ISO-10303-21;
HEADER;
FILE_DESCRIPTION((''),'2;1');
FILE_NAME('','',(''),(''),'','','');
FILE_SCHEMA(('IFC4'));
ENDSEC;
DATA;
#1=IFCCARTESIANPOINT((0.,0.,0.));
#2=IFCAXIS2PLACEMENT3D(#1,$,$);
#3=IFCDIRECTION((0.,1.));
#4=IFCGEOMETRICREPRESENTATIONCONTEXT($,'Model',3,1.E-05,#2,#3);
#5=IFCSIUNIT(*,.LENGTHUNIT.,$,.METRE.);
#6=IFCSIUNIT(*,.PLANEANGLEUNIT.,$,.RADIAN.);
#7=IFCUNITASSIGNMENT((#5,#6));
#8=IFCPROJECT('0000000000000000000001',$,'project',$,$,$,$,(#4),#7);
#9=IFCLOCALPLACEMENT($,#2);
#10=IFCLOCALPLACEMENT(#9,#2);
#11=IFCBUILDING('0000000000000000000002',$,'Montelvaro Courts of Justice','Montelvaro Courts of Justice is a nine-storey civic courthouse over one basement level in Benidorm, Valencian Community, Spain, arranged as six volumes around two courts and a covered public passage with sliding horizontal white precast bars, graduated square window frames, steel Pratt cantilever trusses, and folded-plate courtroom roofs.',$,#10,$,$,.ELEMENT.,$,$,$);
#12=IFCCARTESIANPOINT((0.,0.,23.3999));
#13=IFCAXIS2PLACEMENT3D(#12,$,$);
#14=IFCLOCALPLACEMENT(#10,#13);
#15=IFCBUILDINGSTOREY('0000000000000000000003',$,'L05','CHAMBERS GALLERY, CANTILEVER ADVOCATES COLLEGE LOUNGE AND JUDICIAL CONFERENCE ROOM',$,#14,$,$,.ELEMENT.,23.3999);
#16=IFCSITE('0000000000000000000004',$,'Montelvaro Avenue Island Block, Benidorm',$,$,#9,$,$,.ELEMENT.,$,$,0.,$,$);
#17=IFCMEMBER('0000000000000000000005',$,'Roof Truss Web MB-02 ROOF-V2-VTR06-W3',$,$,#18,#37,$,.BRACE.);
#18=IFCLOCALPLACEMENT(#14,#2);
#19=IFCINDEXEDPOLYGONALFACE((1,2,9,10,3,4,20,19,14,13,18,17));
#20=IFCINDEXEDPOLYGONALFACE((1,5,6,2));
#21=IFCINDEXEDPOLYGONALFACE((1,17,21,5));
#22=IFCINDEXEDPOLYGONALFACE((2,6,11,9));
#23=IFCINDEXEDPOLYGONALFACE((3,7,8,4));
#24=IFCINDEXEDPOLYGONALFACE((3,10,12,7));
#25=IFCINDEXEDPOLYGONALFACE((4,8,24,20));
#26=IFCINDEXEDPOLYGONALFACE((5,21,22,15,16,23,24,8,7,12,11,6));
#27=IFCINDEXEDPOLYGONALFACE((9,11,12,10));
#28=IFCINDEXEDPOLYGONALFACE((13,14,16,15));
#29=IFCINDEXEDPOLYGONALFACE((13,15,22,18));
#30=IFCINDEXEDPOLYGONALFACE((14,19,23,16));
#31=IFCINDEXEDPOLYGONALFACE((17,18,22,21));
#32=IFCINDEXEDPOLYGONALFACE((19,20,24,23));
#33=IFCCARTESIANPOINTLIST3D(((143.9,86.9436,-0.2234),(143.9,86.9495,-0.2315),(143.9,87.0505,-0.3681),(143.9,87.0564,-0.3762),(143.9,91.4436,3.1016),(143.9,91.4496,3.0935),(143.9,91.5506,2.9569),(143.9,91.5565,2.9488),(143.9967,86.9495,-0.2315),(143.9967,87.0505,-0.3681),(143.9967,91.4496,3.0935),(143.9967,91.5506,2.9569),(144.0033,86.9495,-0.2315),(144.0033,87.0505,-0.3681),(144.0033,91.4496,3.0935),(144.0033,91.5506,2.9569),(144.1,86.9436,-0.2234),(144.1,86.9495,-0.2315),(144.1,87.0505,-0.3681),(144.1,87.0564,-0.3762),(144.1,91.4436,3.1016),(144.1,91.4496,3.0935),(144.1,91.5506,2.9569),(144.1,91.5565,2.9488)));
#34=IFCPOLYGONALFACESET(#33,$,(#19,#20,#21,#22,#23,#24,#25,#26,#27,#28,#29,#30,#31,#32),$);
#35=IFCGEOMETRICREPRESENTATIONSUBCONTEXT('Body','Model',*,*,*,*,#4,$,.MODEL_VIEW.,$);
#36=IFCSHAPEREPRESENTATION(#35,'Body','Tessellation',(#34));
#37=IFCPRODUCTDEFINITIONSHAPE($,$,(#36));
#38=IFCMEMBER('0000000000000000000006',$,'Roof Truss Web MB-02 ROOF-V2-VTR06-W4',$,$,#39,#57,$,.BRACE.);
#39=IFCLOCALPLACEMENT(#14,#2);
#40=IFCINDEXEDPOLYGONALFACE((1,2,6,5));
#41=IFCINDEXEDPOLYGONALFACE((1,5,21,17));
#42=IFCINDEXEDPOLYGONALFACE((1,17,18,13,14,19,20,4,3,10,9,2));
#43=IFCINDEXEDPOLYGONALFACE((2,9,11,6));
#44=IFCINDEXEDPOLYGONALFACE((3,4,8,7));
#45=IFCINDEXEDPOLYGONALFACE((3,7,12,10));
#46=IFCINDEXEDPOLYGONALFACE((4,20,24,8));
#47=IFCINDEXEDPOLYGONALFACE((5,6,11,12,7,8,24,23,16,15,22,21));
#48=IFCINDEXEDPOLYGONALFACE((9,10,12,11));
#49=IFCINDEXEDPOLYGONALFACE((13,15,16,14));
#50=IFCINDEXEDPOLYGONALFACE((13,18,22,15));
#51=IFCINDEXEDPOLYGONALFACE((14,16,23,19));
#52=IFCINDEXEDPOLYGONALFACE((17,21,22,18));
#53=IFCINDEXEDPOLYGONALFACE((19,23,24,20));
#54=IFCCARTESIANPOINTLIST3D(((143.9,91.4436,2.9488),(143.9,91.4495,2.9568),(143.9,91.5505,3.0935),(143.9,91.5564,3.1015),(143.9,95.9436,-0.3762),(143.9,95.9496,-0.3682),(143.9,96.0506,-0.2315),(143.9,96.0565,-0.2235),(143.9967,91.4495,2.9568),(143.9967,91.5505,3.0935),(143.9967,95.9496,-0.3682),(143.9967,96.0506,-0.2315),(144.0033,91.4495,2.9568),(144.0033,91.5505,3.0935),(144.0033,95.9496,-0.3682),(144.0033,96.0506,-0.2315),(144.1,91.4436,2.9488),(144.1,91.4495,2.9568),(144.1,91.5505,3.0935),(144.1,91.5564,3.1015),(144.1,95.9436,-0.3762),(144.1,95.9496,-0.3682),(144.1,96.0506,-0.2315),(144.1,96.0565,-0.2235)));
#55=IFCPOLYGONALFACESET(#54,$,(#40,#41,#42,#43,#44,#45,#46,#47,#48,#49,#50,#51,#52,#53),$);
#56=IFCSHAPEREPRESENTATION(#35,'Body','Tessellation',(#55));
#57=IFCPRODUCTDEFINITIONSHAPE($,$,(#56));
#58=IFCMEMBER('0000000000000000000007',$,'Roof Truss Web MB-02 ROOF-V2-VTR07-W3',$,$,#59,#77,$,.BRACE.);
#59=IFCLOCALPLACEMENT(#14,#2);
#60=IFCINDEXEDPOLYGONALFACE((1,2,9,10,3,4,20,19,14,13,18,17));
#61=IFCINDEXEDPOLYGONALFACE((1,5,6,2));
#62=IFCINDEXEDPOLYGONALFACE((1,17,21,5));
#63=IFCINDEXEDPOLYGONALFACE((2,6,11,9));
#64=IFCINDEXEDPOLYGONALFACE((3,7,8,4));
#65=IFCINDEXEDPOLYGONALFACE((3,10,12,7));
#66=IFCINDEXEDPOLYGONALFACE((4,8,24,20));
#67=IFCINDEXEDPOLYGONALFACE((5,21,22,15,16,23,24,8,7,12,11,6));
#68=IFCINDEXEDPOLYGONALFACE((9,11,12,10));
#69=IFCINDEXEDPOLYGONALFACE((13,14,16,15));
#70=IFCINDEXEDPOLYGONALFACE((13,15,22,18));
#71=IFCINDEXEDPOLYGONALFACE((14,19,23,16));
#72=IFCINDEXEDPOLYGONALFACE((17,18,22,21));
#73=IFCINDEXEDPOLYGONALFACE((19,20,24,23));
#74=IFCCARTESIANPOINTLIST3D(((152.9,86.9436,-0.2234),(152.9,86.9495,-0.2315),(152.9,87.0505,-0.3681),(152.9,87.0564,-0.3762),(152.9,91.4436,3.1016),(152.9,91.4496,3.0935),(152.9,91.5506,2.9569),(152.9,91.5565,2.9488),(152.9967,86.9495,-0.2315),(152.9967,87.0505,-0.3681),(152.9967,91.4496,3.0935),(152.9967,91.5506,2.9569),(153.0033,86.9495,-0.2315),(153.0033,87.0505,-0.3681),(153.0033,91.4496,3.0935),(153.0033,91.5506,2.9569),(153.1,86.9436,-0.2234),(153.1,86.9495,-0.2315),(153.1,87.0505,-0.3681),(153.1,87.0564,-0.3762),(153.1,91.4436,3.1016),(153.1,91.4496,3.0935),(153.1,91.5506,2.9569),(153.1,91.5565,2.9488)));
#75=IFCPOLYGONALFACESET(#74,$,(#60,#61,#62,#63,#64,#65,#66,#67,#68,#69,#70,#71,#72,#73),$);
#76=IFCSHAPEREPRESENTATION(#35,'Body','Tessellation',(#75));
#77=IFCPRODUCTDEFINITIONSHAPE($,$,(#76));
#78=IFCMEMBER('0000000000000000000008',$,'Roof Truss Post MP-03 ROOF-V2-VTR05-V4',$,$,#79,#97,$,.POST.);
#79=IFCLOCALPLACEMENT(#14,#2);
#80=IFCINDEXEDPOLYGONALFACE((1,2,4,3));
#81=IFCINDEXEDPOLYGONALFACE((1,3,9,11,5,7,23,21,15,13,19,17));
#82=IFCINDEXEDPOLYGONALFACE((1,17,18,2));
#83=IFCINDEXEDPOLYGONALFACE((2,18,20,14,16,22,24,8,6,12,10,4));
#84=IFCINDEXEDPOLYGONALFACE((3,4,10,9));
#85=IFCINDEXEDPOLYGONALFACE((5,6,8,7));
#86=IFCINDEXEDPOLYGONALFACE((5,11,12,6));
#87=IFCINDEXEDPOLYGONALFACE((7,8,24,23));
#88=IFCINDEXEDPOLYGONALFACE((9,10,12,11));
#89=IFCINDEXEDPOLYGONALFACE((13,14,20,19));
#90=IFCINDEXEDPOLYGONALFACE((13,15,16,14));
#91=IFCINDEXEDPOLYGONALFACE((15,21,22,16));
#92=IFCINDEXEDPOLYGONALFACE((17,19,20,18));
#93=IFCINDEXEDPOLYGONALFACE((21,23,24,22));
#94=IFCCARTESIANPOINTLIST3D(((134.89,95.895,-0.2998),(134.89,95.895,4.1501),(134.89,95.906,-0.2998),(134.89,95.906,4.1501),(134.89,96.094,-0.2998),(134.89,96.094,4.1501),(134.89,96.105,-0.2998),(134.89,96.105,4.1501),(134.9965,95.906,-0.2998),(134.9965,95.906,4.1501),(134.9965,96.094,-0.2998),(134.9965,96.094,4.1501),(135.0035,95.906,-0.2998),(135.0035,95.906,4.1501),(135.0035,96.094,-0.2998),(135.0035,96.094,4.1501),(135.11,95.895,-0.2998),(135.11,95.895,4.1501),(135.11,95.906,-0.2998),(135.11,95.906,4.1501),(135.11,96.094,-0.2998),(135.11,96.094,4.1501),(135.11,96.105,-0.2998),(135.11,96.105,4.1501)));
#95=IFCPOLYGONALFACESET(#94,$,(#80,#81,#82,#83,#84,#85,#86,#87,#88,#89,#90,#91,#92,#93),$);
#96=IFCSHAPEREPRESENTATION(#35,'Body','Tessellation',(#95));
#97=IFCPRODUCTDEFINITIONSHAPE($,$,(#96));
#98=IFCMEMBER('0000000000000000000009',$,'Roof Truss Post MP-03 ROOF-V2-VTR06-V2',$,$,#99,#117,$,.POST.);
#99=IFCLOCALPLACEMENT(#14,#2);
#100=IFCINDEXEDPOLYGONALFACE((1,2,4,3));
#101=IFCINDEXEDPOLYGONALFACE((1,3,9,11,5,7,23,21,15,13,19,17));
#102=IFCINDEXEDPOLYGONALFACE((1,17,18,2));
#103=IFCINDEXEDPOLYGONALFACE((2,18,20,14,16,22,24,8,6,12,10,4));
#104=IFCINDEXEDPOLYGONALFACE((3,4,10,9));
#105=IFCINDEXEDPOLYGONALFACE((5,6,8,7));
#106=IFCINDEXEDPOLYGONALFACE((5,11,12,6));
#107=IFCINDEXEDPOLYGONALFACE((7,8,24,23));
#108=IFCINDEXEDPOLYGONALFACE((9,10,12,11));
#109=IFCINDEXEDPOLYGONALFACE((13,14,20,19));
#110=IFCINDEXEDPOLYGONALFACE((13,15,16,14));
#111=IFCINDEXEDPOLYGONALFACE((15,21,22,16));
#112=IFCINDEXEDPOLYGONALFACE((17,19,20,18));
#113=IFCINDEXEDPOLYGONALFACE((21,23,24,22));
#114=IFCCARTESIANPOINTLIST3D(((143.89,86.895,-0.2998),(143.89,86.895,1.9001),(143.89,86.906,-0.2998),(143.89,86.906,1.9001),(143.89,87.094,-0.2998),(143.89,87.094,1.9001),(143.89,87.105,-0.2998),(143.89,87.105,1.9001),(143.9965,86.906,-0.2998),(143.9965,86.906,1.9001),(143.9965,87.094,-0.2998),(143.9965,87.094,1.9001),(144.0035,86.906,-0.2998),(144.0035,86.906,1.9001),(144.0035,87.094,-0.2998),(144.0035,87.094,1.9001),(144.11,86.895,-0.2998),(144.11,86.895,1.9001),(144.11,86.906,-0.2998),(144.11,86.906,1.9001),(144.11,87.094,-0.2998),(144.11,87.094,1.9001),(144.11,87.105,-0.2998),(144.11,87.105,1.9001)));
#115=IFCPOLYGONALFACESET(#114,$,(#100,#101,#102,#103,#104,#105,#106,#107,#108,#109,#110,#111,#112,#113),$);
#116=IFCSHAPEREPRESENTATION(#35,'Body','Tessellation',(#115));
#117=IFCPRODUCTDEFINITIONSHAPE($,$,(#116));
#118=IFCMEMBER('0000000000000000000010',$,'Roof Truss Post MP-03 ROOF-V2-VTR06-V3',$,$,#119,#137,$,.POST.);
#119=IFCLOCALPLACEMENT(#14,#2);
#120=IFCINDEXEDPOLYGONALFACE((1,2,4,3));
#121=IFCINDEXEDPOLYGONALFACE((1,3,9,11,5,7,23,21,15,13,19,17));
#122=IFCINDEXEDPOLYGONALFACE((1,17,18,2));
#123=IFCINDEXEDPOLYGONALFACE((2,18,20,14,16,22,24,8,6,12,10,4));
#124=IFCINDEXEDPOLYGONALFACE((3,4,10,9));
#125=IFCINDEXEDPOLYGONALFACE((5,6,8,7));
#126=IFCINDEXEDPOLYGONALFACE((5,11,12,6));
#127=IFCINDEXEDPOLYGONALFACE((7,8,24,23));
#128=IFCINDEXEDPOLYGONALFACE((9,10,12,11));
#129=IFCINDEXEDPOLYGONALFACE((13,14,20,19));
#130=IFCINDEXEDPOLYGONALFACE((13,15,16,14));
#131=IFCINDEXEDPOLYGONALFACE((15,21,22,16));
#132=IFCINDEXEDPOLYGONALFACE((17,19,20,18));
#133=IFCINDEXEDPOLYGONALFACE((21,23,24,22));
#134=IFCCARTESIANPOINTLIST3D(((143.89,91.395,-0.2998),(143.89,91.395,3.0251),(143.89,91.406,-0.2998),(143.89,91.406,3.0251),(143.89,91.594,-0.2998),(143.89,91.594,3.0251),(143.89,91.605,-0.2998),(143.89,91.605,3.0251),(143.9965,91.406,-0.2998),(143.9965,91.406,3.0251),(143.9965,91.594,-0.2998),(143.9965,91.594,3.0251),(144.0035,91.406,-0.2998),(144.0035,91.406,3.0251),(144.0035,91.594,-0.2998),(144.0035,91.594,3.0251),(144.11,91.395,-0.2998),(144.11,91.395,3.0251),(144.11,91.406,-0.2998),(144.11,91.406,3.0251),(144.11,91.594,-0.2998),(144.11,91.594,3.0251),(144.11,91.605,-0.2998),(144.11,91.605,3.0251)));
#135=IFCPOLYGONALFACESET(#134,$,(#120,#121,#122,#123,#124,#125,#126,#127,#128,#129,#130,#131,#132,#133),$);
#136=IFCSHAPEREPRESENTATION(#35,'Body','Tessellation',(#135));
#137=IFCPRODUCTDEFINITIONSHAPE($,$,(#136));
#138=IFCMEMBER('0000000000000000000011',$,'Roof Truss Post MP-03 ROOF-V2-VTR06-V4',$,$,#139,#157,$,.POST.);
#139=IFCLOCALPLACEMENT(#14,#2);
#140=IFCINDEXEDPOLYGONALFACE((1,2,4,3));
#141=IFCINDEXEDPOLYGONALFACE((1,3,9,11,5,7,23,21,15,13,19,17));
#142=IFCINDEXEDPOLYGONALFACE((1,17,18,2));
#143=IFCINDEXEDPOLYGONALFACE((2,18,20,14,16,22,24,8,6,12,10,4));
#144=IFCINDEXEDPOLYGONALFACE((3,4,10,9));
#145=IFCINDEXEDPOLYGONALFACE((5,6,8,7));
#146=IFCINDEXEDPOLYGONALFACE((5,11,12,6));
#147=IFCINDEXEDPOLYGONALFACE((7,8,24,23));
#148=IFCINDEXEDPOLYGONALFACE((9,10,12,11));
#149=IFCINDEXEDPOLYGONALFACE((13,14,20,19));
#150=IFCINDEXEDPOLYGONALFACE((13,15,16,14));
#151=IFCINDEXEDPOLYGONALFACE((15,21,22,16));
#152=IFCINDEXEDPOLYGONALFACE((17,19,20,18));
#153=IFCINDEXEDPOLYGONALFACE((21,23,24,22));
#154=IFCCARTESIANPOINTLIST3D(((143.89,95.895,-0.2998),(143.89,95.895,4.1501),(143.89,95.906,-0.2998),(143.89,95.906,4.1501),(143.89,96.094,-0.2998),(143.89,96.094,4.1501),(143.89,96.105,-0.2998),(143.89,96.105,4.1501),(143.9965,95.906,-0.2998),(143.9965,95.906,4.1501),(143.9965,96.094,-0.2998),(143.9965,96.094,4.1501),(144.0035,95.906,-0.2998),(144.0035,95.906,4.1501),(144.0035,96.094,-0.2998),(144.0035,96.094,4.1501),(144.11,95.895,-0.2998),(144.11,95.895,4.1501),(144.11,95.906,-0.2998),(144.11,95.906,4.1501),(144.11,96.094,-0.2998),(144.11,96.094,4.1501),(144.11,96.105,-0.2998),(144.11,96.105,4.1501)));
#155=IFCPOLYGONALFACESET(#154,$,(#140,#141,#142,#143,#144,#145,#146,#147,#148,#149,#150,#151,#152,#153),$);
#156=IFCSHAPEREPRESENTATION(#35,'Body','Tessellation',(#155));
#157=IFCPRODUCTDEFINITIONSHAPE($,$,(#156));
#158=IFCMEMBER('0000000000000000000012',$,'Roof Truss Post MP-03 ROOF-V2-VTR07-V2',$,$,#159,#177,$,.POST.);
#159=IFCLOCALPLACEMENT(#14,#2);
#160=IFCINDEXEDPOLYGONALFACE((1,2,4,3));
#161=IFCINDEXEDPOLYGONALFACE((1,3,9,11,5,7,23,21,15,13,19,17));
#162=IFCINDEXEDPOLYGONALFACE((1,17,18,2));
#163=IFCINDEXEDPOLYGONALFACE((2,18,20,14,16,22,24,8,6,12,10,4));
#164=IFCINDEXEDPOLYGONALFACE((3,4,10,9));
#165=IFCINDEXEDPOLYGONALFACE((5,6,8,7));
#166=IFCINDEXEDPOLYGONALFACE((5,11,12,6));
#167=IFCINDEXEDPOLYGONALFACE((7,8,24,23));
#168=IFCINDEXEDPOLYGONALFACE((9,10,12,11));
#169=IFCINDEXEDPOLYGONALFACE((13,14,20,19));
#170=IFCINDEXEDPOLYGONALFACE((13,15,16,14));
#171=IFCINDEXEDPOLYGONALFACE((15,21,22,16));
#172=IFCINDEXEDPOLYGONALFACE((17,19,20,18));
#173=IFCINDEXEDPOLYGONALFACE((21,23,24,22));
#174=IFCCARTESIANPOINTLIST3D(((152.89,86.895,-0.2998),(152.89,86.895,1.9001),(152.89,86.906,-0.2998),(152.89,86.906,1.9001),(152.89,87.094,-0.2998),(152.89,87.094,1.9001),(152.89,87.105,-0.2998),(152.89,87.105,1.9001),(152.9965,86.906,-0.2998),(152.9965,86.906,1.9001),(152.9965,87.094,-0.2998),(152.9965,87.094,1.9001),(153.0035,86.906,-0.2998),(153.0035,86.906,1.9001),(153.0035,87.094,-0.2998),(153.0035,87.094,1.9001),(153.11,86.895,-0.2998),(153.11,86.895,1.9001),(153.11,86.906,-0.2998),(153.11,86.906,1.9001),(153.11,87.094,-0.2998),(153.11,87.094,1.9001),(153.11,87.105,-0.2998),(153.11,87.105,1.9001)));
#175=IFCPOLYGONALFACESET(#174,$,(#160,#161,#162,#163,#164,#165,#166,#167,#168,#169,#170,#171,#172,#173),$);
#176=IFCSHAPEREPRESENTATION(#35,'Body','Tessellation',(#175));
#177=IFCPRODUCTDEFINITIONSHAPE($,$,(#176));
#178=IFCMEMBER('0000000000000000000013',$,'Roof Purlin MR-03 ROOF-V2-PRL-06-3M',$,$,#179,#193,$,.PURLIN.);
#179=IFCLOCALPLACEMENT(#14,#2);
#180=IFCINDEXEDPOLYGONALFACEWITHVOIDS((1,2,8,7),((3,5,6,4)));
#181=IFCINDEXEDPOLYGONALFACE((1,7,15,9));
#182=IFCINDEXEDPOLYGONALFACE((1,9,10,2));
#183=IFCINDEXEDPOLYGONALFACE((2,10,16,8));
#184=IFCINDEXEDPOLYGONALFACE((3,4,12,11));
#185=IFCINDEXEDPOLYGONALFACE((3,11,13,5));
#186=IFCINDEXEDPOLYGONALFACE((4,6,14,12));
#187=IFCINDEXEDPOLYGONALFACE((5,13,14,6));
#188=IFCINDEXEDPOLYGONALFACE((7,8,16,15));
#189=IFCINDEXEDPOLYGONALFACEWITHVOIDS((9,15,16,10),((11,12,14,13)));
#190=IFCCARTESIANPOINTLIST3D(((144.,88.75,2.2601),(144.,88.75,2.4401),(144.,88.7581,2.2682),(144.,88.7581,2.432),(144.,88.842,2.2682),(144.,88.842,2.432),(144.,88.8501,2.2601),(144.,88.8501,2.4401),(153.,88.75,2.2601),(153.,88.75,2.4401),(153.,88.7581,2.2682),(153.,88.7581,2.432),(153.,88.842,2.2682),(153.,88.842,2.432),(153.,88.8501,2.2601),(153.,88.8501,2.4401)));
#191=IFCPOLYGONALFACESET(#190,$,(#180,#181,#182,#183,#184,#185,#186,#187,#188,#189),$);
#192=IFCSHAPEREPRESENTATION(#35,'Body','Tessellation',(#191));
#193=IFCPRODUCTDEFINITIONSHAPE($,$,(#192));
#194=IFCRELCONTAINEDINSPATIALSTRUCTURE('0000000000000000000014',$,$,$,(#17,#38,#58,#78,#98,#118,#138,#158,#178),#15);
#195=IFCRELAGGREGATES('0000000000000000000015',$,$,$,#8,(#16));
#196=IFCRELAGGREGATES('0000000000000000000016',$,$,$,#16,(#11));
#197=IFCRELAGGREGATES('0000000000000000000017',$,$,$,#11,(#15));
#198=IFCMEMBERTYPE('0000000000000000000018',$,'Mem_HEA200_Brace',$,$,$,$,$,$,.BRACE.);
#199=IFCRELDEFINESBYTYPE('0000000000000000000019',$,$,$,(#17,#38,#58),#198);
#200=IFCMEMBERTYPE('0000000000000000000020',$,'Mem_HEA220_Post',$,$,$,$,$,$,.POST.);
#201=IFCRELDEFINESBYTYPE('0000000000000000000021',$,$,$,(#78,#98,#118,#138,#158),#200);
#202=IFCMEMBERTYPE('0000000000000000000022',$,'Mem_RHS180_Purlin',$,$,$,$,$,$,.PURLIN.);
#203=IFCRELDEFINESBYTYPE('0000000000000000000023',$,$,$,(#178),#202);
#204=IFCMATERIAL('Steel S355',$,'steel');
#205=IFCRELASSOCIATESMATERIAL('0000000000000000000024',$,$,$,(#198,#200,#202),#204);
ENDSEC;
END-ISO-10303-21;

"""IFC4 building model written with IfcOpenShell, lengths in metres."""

from ifc_helpers import new_model, si_unit, direction, frame, origin, origin_2d, place, context, subcontext, project, spatial, hollow_rectangle, i_section, extrude, material, material_profile, profile_set, type_object, element, save


model = new_model("IFC4")

# Units and contexts
model_context = context("Model", 3, precision=1e-05, world=origin(), true_north=direction((0.0, 1.0)))
body_context = subcontext(model_context, "Body", "Model", "MODEL_VIEW")
ifc_project = project(units=[si_unit("LENGTHUNIT", "METRE"), si_unit("PLANEANGLEUNIT", "RADIAN")], contexts=[model_context])

# Site, building, storey
site_placement = place(None, origin())
site = spatial("IfcSite", under=ifc_project, at=site_placement, Name="Montelvaro Avenue Island Block, Benidorm", CompositionType="ELEMENT", RefElevation=0.0)
building_placement = place(site_placement, origin())
building = spatial("IfcBuilding", under=site, at=building_placement, Name="Montelvaro Courts of Justice", Description="Montelvaro Courts of Justice is a nine-storey civic courthouse over one basement level in Benidorm, Valencian Community, Spain, arranged as six volumes around two courts and a covered public passage with sliding horizontal white precast bars, graduated square window frames, steel Pratt cantilever trusses, and folded-plate courtroom roofs.", CompositionType="ELEMENT")
storey_placement = place(building_placement, frame((0.0, 0.0, 23.3999)))
storey = spatial("IfcBuildingStorey", under=building, at=storey_placement, Name="L05", Description="CHAMBERS GALLERY, CANTILEVER ADVOCATES COLLEGE LOUNGE AND JUDICIAL CONFERENCE ROOM", CompositionType="ELEMENT", Elevation=23.3999)

# Members
ifc_material = material(Name="Steel S355", Category="steel")
ifc_material_profile_1 = material_profile(ifc_material, i_section(OverallWidth=0.2, OverallDepth=0.1899, WebThickness=0.0066, FlangeThickness=0.01, at=origin_2d()), Name="HEA 200")
ifc_profile_set_1 = profile_set([ifc_material_profile_1], Name="Steel S355")
member_type_1 = type_object("IfcMemberType", Name="Mem_HEA200_Brace", PredefinedType="BRACE", material=ifc_profile_set_1)
for number, where, z_axis, x_axis, name in (
    (1, (144.0, 87.0, -0.2998), (0.0, 0.804273, 0.59426), (-1.0, 0.0, 0.0), "Roof Truss Web MB-02 ROOF-V2-VTR06-W3"),
    (2, (144.0, 91.5, 3.0251), (0.0, 0.804273, -0.59426), (-1.0, 0.0, 0.0), "Roof Truss Web MB-02 ROOF-V2-VTR06-W4"),
    (3, (153.0, 87.0, -0.2998), (0.0, 0.804273, 0.59426), (-1.0, 0.0, 0.0), "Roof Truss Web MB-02 ROOF-V2-VTR07-W3"),
):
    element("IfcMember", number, at=place(storey_placement, frame(where, z_axis=z_axis, x_axis=x_axis)), inside=storey, type_object=member_type_1, Name=name, PredefinedType="BRACE", context=body_context, shape_type="SweptSolid", body=[
        extrude(i_section(OverallWidth=0.2, OverallDepth=0.1899, WebThickness=0.0066, FlangeThickness=0.01, at=origin_2d()), origin(), (0.0, 0.0, 1.0), 5.5952),
    ])
ifc_material_profile_2 = material_profile(ifc_material, i_section(OverallWidth=0.22, OverallDepth=0.21, WebThickness=0.0071, FlangeThickness=0.011, at=origin_2d()), Name="HEA 220")
ifc_profile_set_2 = profile_set([ifc_material_profile_2], Name="Steel S355")
member_type_2 = type_object("IfcMemberType", Name="Mem_HEA220_Post", PredefinedType="POST", material=ifc_profile_set_2)
member_1_placement = place(storey_placement, frame((135.0, 96.0, -0.2998), z_axis=(0.0, 0.0, 1.0), x_axis=(1.0, 0.0, 0.0)))
element("IfcMember", 4, at=member_1_placement, inside=storey, type_object=member_type_2, Name="Roof Truss Post MP-03 ROOF-V2-VTR05-V4", PredefinedType="POST", context=body_context, shape_type="SweptSolid", body=[
    extrude(i_section(OverallWidth=0.22, OverallDepth=0.21, WebThickness=0.0071, FlangeThickness=0.011, at=origin_2d()), origin(), (0.0, 0.0, 1.0), 4.45),
])
member_2_placement = place(storey_placement, frame((144.0, 87.0, -0.2998), z_axis=(0.0, 0.0, 1.0), x_axis=(1.0, 0.0, 0.0)))
element("IfcMember", 5, at=member_2_placement, inside=storey, type_object=member_type_2, Name="Roof Truss Post MP-03 ROOF-V2-VTR06-V2", PredefinedType="POST", context=body_context, shape_type="SweptSolid", body=[
    extrude(i_section(OverallWidth=0.22, OverallDepth=0.21, WebThickness=0.0071, FlangeThickness=0.011, at=origin_2d()), origin(), (0.0, 0.0, 1.0), 2.2),
])
member_3_placement = place(storey_placement, frame((144.0, 91.5, -0.2998), z_axis=(0.0, 0.0, 1.0), x_axis=(1.0, 0.0, 0.0)))
element("IfcMember", 6, at=member_3_placement, inside=storey, type_object=member_type_2, Name="Roof Truss Post MP-03 ROOF-V2-VTR06-V3", PredefinedType="POST", context=body_context, shape_type="SweptSolid", body=[
    extrude(i_section(OverallWidth=0.22, OverallDepth=0.21, WebThickness=0.0071, FlangeThickness=0.011, at=origin_2d()), origin(), (0.0, 0.0, 1.0), 3.325),
])
member_4_placement = place(storey_placement, frame((144.0, 96.0, -0.2998), z_axis=(0.0, 0.0, 1.0), x_axis=(1.0, 0.0, 0.0)))
element("IfcMember", 7, at=member_4_placement, inside=storey, type_object=member_type_2, Name="Roof Truss Post MP-03 ROOF-V2-VTR06-V4", PredefinedType="POST", context=body_context, shape_type="SweptSolid", body=[
    extrude(i_section(OverallWidth=0.22, OverallDepth=0.21, WebThickness=0.0071, FlangeThickness=0.011, at=origin_2d()), origin(), (0.0, 0.0, 1.0), 4.45),
])
member_5_placement = place(storey_placement, frame((153.0, 87.0, -0.2998), z_axis=(0.0, 0.0, 1.0), x_axis=(1.0, 0.0, 0.0)))
element("IfcMember", 8, at=member_5_placement, inside=storey, type_object=member_type_2, Name="Roof Truss Post MP-03 ROOF-V2-VTR07-V2", PredefinedType="POST", context=body_context, shape_type="SweptSolid", body=[
    extrude(i_section(OverallWidth=0.22, OverallDepth=0.21, WebThickness=0.0071, FlangeThickness=0.011, at=origin_2d()), origin(), (0.0, 0.0, 1.0), 2.2),
])
ifc_material_profile_3 = material_profile(ifc_material, hollow_rectangle(XDim=0.1001, YDim=0.1799, WallThickness=0.0081, at=origin_2d()), Name="RHS 180x100x8")
ifc_profile_set_3 = profile_set([ifc_material_profile_3], Name="Steel S355")
member_type_3 = type_object("IfcMemberType", Name="Mem_RHS180_Purlin", PredefinedType="PURLIN", material=ifc_profile_set_3)
member_6_placement = place(storey_placement, frame((144.0, 88.8, 2.3501), z_axis=(1.0, 0.0, 0.0), x_axis=(0.0, 1.0, 0.0)))
element("IfcMember", 9, at=member_6_placement, inside=storey, type_object=member_type_3, Name="Roof Purlin MR-03 ROOF-V2-PRL-06-3M", PredefinedType="PURLIN", context=body_context, shape_type="SweptSolid", body=[
    extrude(hollow_rectangle(XDim=0.1001, YDim=0.1799, WallThickness=0.0081, at=origin_2d()), origin(), (0.0, 0.0, 1.0), 9.0),
])

save(model, "model.ifc")
